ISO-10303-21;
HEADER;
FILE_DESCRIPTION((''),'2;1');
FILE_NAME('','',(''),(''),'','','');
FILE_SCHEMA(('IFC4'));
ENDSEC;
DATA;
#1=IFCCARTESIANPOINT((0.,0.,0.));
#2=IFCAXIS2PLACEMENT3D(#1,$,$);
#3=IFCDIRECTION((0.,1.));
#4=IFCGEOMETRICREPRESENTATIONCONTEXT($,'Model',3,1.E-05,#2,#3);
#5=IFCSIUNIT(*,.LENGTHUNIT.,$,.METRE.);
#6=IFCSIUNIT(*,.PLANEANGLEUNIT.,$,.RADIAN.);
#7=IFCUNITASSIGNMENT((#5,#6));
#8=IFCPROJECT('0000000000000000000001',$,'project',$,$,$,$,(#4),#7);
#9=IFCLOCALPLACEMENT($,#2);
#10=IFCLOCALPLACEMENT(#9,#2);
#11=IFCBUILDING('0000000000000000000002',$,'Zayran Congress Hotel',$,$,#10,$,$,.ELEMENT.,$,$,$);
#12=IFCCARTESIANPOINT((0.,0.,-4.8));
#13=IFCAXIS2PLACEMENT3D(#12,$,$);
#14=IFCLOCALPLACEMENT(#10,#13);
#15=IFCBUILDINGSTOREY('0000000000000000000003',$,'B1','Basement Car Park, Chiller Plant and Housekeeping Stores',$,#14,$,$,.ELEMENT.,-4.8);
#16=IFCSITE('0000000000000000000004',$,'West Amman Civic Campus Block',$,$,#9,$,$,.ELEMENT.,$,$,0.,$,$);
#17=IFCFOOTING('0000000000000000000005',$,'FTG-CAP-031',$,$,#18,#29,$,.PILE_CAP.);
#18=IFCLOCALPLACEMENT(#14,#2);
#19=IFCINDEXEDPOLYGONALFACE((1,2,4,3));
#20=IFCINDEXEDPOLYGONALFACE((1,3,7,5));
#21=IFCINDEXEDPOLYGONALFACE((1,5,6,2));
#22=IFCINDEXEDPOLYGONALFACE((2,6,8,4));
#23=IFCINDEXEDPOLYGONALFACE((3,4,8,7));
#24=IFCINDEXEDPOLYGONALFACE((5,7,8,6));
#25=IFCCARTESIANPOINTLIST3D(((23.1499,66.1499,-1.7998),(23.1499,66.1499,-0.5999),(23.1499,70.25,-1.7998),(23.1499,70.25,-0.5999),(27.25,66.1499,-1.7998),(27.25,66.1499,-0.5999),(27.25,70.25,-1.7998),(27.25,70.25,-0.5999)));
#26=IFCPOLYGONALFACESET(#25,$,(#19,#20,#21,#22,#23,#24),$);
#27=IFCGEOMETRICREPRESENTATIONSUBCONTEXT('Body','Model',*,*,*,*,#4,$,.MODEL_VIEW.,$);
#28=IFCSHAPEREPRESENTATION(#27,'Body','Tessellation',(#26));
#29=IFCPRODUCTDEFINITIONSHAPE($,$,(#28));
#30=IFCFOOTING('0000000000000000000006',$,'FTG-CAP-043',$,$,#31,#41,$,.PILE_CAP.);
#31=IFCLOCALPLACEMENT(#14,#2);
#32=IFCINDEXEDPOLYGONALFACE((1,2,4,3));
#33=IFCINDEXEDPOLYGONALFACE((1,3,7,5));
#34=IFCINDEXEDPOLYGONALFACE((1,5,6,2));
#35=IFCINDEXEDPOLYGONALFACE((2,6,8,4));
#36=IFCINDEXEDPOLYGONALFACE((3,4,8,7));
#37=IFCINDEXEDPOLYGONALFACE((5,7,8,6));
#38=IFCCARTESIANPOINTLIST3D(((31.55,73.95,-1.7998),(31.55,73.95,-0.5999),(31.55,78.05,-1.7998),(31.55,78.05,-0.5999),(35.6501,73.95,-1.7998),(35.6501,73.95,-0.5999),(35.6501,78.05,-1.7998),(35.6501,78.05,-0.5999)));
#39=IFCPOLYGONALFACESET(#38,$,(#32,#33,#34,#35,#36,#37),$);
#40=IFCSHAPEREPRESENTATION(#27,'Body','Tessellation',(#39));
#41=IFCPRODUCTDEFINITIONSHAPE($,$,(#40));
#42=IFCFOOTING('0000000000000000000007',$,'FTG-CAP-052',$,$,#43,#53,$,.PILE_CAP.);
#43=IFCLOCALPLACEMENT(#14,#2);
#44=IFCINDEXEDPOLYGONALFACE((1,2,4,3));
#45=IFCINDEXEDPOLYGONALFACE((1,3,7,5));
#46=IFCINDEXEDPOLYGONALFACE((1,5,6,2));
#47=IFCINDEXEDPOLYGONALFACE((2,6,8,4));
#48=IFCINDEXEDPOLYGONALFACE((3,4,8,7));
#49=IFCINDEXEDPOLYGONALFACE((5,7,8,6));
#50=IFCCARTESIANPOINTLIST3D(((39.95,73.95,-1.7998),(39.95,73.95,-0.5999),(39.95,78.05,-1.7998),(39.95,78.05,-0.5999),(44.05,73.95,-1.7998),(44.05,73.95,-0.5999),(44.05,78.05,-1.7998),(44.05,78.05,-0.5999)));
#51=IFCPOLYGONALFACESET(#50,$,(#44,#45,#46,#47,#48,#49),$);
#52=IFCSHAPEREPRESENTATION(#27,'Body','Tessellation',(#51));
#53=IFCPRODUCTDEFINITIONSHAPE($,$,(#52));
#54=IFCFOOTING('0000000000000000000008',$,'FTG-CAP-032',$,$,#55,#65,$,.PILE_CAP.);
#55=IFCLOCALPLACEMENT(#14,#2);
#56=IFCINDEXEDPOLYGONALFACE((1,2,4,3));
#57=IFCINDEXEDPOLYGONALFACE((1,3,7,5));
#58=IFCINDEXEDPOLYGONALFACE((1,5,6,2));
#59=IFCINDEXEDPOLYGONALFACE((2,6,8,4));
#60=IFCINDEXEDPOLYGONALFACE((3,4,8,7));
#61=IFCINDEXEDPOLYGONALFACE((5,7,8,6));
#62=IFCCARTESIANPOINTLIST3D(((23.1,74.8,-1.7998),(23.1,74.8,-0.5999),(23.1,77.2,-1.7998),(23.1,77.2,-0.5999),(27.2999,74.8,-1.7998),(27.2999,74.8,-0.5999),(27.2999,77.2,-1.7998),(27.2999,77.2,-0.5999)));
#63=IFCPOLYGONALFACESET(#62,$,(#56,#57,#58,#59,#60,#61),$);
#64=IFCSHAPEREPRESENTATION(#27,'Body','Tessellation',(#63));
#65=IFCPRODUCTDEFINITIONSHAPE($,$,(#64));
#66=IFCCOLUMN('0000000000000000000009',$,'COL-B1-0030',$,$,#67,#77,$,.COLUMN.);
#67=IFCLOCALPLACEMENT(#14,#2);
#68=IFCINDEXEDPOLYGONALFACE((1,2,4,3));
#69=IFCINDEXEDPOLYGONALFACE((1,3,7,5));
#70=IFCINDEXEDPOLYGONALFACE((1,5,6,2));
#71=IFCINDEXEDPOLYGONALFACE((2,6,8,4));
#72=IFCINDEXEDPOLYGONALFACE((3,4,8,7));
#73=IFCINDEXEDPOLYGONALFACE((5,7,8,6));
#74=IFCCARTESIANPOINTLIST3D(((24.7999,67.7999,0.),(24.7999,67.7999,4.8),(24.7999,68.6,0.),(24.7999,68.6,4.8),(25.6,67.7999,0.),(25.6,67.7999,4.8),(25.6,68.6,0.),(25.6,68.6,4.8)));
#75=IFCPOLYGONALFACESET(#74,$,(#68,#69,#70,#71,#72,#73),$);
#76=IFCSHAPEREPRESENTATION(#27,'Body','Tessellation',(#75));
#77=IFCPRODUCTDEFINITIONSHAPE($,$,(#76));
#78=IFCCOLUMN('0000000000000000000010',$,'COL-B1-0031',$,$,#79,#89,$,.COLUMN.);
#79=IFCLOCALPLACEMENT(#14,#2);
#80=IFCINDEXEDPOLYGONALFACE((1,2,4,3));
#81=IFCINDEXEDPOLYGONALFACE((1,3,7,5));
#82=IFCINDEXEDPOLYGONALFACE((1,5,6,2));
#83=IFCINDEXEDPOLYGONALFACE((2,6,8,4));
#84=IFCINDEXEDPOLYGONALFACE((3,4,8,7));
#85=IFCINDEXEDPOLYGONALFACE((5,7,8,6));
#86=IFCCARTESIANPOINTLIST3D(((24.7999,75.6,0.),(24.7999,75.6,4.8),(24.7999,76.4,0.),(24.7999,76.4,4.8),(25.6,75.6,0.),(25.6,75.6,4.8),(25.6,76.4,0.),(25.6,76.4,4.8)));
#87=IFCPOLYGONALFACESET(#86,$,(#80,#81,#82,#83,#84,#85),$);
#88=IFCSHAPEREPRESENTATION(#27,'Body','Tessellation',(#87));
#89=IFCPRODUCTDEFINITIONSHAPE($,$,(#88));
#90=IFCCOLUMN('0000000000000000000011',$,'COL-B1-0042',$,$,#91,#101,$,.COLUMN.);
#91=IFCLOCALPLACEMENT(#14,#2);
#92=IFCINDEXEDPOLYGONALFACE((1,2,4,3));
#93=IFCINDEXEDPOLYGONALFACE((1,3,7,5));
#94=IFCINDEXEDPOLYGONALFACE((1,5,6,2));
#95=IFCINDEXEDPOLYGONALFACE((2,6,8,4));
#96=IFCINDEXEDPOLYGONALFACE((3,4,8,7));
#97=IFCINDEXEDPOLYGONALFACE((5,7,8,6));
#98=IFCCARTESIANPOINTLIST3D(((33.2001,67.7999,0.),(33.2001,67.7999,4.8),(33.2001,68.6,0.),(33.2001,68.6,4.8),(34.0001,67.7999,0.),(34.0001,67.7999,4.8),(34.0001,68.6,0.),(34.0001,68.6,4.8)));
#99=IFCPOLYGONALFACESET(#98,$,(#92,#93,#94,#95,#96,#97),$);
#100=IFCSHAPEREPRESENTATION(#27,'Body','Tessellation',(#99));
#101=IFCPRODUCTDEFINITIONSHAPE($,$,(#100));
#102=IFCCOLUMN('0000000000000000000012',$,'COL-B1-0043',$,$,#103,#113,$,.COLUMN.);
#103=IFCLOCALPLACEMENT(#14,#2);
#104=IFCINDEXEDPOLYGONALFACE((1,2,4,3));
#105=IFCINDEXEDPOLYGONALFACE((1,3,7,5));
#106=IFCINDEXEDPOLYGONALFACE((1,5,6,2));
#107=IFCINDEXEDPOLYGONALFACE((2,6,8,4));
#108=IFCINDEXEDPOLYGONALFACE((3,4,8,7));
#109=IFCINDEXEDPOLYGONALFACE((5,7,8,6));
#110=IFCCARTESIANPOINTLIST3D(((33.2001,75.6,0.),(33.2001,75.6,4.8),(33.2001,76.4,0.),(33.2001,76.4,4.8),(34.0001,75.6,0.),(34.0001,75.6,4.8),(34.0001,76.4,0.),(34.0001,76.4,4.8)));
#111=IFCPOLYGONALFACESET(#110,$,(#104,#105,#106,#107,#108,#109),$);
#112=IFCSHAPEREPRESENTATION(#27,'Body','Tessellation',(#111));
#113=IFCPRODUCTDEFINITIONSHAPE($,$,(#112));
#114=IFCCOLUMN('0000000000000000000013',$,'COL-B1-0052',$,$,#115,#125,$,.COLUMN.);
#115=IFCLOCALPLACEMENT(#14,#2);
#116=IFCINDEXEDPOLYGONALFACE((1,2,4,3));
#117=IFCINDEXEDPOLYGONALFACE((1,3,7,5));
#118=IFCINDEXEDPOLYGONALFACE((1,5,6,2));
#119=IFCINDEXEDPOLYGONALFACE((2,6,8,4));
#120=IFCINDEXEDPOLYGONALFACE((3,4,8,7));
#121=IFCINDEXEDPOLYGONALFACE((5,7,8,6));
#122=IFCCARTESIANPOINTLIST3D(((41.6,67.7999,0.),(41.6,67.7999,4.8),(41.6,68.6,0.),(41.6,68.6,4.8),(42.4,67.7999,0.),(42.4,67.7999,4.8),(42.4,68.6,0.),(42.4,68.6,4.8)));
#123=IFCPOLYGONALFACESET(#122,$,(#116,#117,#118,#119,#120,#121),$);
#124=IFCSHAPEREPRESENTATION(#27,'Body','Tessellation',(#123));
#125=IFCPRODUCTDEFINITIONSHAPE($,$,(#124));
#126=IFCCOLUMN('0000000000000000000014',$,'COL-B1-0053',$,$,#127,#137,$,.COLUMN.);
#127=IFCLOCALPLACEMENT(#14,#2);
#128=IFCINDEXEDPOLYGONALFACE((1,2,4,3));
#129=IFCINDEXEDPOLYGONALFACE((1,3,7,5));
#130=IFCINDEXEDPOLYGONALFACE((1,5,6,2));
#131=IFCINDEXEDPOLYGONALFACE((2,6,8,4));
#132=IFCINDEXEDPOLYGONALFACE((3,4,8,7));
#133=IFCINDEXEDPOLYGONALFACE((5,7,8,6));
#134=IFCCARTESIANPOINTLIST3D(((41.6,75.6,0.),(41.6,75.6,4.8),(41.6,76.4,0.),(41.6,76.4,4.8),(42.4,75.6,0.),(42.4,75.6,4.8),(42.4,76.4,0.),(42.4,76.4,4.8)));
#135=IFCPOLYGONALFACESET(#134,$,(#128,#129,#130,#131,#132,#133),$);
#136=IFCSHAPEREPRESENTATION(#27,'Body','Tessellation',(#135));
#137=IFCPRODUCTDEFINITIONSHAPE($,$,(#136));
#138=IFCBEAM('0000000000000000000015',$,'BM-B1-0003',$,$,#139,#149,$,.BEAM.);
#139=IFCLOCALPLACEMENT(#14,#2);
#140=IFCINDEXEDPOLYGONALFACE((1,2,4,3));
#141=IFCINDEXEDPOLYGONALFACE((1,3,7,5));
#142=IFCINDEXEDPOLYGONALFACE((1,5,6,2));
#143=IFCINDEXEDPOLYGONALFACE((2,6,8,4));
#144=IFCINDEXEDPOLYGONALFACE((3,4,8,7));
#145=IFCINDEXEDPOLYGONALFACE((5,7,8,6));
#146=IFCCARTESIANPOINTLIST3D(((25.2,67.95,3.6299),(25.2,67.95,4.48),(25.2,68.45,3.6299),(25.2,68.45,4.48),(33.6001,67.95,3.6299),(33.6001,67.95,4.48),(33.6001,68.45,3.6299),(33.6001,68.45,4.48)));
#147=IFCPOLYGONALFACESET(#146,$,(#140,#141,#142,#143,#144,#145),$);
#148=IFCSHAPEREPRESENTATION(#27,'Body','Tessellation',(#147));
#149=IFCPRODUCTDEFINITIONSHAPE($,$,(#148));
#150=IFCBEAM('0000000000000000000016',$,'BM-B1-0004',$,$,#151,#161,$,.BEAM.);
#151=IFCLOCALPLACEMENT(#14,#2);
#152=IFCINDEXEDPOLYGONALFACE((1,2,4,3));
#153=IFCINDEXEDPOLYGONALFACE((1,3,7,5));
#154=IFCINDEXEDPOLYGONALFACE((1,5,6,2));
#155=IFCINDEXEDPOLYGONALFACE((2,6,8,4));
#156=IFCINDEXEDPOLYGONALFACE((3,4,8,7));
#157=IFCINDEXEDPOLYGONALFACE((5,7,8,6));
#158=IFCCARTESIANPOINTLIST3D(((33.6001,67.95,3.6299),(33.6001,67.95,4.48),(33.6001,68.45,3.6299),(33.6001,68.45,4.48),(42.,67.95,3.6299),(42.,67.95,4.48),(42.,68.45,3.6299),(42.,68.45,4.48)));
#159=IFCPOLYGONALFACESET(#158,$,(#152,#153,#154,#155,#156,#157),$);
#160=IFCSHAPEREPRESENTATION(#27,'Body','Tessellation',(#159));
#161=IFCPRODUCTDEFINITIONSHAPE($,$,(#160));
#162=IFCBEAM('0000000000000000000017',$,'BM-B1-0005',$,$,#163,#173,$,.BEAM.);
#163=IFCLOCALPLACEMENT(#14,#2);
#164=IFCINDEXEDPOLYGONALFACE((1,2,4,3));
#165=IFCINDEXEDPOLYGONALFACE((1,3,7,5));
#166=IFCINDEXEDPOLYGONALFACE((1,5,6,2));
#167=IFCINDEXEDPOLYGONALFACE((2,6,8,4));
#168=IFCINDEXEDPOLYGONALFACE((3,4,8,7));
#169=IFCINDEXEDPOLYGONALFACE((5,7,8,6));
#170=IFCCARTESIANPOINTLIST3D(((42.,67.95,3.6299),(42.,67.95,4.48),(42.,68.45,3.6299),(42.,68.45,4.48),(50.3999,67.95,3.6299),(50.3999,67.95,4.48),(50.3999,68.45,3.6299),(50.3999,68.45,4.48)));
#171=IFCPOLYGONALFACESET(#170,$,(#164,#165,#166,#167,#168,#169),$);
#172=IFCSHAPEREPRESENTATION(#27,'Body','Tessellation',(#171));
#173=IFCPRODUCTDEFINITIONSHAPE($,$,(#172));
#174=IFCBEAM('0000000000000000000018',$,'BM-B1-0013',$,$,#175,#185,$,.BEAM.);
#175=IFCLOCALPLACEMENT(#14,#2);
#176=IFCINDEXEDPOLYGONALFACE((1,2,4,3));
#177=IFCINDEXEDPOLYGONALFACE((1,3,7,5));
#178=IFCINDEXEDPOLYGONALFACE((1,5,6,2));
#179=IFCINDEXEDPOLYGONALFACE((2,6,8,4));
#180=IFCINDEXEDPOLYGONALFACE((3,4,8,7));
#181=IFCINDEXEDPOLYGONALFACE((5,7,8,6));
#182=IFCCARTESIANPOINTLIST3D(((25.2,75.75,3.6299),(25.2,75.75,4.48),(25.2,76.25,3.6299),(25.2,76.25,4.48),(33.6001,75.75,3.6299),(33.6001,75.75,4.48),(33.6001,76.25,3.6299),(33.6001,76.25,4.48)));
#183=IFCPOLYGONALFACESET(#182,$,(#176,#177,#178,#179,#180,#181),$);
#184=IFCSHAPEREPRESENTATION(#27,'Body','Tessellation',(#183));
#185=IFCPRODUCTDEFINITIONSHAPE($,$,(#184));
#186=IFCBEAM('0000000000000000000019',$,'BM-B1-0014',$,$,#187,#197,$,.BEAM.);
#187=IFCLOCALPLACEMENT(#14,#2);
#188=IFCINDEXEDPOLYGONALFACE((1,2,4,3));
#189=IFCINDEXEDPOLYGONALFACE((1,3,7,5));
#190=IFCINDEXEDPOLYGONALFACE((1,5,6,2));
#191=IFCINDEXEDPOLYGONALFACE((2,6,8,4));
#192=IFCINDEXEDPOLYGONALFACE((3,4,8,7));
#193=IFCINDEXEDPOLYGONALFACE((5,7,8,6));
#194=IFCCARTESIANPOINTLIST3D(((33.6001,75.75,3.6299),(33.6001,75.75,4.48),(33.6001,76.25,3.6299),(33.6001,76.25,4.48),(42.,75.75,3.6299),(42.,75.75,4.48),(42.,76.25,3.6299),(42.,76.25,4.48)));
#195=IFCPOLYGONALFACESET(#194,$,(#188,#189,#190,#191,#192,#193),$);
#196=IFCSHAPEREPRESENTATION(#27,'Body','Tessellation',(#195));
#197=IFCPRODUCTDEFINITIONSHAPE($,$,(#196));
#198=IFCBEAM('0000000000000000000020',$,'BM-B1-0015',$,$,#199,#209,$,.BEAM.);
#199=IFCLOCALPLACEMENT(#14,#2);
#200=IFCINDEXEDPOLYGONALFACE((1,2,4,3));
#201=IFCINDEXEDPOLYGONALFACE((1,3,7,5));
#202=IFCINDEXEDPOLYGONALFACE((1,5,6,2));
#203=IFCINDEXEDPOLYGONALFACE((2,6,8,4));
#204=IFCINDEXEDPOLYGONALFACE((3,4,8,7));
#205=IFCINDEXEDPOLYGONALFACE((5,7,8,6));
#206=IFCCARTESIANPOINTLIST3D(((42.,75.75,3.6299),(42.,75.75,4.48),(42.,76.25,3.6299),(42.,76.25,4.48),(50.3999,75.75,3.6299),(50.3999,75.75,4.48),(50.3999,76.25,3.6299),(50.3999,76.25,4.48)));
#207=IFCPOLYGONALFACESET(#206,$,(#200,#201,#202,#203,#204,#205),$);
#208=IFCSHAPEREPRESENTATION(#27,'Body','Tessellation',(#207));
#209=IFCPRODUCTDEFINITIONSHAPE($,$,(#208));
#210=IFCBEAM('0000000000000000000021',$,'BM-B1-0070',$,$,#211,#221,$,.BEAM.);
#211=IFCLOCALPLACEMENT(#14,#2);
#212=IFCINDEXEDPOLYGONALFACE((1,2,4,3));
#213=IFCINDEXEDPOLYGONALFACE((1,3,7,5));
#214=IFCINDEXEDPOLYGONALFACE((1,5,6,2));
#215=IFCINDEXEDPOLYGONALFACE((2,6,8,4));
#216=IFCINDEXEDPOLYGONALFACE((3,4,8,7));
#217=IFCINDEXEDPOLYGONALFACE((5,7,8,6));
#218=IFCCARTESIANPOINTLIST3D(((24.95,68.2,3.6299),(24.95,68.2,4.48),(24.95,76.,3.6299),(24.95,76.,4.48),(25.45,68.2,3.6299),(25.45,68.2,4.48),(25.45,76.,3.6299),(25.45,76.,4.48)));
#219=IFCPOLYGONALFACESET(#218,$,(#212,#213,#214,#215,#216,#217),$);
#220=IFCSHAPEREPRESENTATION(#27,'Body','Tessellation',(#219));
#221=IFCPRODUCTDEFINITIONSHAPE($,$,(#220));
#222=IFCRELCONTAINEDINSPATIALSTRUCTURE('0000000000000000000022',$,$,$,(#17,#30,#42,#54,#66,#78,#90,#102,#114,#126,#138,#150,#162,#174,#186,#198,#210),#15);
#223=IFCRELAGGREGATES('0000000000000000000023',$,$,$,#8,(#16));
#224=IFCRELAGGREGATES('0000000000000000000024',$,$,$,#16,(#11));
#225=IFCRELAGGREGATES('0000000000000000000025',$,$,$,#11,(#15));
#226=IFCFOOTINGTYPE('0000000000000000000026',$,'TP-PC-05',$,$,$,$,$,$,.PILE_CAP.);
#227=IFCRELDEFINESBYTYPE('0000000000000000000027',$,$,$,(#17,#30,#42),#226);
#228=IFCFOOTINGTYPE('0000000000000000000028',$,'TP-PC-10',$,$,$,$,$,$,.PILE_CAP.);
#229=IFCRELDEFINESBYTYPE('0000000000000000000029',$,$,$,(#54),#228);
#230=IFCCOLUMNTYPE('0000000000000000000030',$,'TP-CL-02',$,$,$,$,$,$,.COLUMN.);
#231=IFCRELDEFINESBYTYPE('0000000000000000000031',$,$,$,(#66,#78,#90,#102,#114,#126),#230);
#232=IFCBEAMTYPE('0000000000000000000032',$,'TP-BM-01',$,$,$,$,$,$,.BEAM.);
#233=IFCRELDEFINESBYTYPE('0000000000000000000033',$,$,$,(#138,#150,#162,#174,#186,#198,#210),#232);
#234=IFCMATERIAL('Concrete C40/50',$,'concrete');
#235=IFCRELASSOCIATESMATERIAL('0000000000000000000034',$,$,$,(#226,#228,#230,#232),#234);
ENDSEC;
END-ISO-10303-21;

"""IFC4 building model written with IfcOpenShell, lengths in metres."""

from ifc_helpers import new_model, si_unit, direction, frame, origin, origin_2d, place, context, subcontext, project, spatial, rectangle, extrude, material, material_profile, profile_set, type_object, element, save


model = new_model("IFC4")

# Units and contexts
model_context = context("Model", 3, precision=1e-05, world=origin(), true_north=direction((0.0, 1.0)))
body_context = subcontext(model_context, "Body", "Model", "MODEL_VIEW")
ifc_project = project(units=[si_unit("LENGTHUNIT", "METRE"), si_unit("PLANEANGLEUNIT", "RADIAN")], contexts=[model_context])

# Site, building, storey
site_placement = place(None, origin())
site = spatial("IfcSite", under=ifc_project, at=site_placement, Name="West Amman Civic Campus Block", CompositionType="ELEMENT", RefElevation=0.0)
building_placement = place(site_placement, origin())
building = spatial("IfcBuilding", under=site, at=building_placement, Name="Zayran Congress Hotel", CompositionType="ELEMENT")
storey_placement = place(building_placement, frame((0.0, 0.0, -4.8)))
storey = spatial("IfcBuildingStorey", under=building, at=storey_placement, Name="B1", Description="Basement Car Park, Chiller Plant and Housekeeping Stores", CompositionType="ELEMENT", Elevation=-4.8)

# Shared definitions
ifc_material = material(Name="Concrete C40/50", Category="concrete")

# Footings
footing_type_1 = type_object("IfcFootingType", Name="TP-PC-05", PredefinedType="PILE_CAP", material=ifc_material)
for number, where, z_axis, x_axis, name in (
    (1, (25.2, 68.2, -1.7998), (0.0, 0.0, 1.0), (1.0, 0.0, 0.0), "FTG-CAP-031"),
    (2, (33.6001, 76.0, -1.7998), (0.0, 0.0, 1.0), (1.0, 0.0, 0.0), "FTG-CAP-043"),
    (3, (42.0, 76.0, -1.7998), (0.0, 0.0, 1.0), (1.0, 0.0, 0.0), "FTG-CAP-052"),
):
    element("IfcFooting", number, at=place(storey_placement, frame(where, z_axis=z_axis, x_axis=x_axis)), inside=storey, type_object=footing_type_1, Name=name, PredefinedType="PILE_CAP", context=body_context, shape_type="SweptSolid", body=[
        extrude(rectangle(XDim=4.1001, YDim=4.1001, at=origin_2d()), origin(), (0.0, 0.0, 1.0), 1.2),
    ])
footing_type_2 = type_object("IfcFootingType", Name="TP-PC-10", PredefinedType="PILE_CAP", material=ifc_material)
footing_placement = place(storey_placement, frame((25.2, 76.0, -1.7998), z_axis=(0.0, 0.0, 1.0), x_axis=(1.0, 0.0, 0.0)))
element("IfcFooting", 4, at=footing_placement, inside=storey, type_object=footing_type_2, Name="FTG-CAP-032", PredefinedType="PILE_CAP", context=body_context, shape_type="SweptSolid", body=[
    extrude(rectangle(XDim=4.2, YDim=2.3999, at=origin_2d()), origin(), (0.0, 0.0, 1.0), 1.2),
])

# Columns
ifc_material_profile_1 = material_profile(ifc_material, rectangle(XDim=0.8, YDim=0.8, at=origin_2d()), Name="RC 800x800")
ifc_profile_set_1 = profile_set([ifc_material_profile_1], Name="Concrete C40/50")
column_type = type_object("IfcColumnType", Name="TP-CL-02", PredefinedType="COLUMN", material=ifc_profile_set_1)
for number, where, z_axis, x_axis, name in (
    (5, (25.2, 68.2, 0.0), (0.0, 0.0, 1.0), (1.0, 0.0, 0.0), "COL-B1-0030"),
    (6, (25.2, 76.0, 0.0), (0.0, 0.0, 1.0), (1.0, 0.0, 0.0), "COL-B1-0031"),
    (7, (33.6001, 68.2, 0.0), (0.0, 0.0, 1.0), (1.0, 0.0, 0.0), "COL-B1-0042"),
    (8, (33.6001, 76.0, 0.0), (0.0, 0.0, 1.0), (1.0, 0.0, 0.0), "COL-B1-0043"),
    (9, (42.0, 68.2, 0.0), (0.0, 0.0, 1.0), (1.0, 0.0, 0.0), "COL-B1-0052"),
    (10, (42.0, 76.0, 0.0), (0.0, 0.0, 1.0), (1.0, 0.0, 0.0), "COL-B1-0053"),
):
    element("IfcColumn", number, at=place(storey_placement, frame(where, z_axis=z_axis, x_axis=x_axis)), inside=storey, type_object=column_type, Name=name, PredefinedType="COLUMN", context=body_context, shape_type="SweptSolid", body=[
        extrude(rectangle(XDim=0.8, YDim=0.8, at=origin_2d()), origin(), (0.0, 0.0, 1.0), 4.8),
    ])

# Beams
ifc_material_profile_2 = material_profile(ifc_material, rectangle(XDim=0.5, YDim=0.8501, at=origin_2d()), Name="RC 500x850")
ifc_profile_set_2 = profile_set([ifc_material_profile_2], Name="Concrete C40/50")
beam_type = type_object("IfcBeamType", Name="TP-BM-01", PredefinedType="BEAM", material=ifc_profile_set_2)
beam_1_placement = place(storey_placement, frame((25.2, 68.2, 4.0549), z_axis=(1.0, 0.0, 0.0), x_axis=(0.0, 1.0, 0.0)))
element("IfcBeam", 11, at=beam_1_placement, inside=storey, type_object=beam_type, Name="BM-B1-0003", PredefinedType="BEAM", context=body_context, shape_type="SweptSolid", body=[
    extrude(rectangle(XDim=0.5, YDim=0.8501, at=origin_2d()), origin(), (0.0, 0.0, 1.0), 8.4001),
])
for number, where, z_axis, x_axis, name in (
    (12, (33.6001, 68.2, 4.0549), (1.0, 0.0, 0.0), (0.0, 1.0, 0.0), "BM-B1-0004"),
    (13, (42.0, 68.2, 4.0549), (1.0, 0.0, 0.0), (0.0, 1.0, 0.0), "BM-B1-0005"),
):
    element("IfcBeam", number, at=place(storey_placement, frame(where, z_axis=z_axis, x_axis=x_axis)), inside=storey, type_object=beam_type, Name=name, PredefinedType="BEAM", context=body_context, shape_type="SweptSolid", body=[
        extrude(rectangle(XDim=0.5, YDim=0.8501, at=origin_2d()), origin(), (0.0, 0.0, 1.0), 8.3999),
    ])
beam_2_placement = place(storey_placement, frame((25.2, 76.0, 4.0549), z_axis=(1.0, 0.0, 0.0), x_axis=(0.0, 1.0, 0.0)))
element("IfcBeam", 14, at=beam_2_placement, inside=storey, type_object=beam_type, Name="BM-B1-0013", PredefinedType="BEAM", context=body_context, shape_type="SweptSolid", body=[
    extrude(rectangle(XDim=0.5, YDim=0.8501, at=origin_2d()), origin(), (0.0, 0.0, 1.0), 8.4001),
])
for number, where, z_axis, x_axis, name in (
    (15, (33.6001, 76.0, 4.0549), (1.0, 0.0, 0.0), (0.0, 1.0, 0.0), "BM-B1-0014"),
    (16, (42.0, 76.0, 4.0549), (1.0, 0.0, 0.0), (0.0, 1.0, 0.0), "BM-B1-0015"),
):
    element("IfcBeam", number, at=place(storey_placement, frame(where, z_axis=z_axis, x_axis=x_axis)), inside=storey, type_object=beam_type, Name=name, PredefinedType="BEAM", context=body_context, shape_type="SweptSolid", body=[
        extrude(rectangle(XDim=0.5, YDim=0.8501, at=origin_2d()), origin(), (0.0, 0.0, 1.0), 8.3999),
    ])
beam_3_placement = place(storey_placement, frame((25.2, 68.2, 4.0549), z_axis=(0.0, 1.0, 0.0), x_axis=(-1.0, 0.0, 0.0)))
element("IfcBeam", 17, at=beam_3_placement, inside=storey, type_object=beam_type, Name="BM-B1-0070", PredefinedType="BEAM", context=body_context, shape_type="SweptSolid", body=[
    extrude(rectangle(XDim=0.5, YDim=0.8501, at=origin_2d()), origin(), (0.0, 0.0, 1.0), 7.8),
])

save(model, "model.ifc")
